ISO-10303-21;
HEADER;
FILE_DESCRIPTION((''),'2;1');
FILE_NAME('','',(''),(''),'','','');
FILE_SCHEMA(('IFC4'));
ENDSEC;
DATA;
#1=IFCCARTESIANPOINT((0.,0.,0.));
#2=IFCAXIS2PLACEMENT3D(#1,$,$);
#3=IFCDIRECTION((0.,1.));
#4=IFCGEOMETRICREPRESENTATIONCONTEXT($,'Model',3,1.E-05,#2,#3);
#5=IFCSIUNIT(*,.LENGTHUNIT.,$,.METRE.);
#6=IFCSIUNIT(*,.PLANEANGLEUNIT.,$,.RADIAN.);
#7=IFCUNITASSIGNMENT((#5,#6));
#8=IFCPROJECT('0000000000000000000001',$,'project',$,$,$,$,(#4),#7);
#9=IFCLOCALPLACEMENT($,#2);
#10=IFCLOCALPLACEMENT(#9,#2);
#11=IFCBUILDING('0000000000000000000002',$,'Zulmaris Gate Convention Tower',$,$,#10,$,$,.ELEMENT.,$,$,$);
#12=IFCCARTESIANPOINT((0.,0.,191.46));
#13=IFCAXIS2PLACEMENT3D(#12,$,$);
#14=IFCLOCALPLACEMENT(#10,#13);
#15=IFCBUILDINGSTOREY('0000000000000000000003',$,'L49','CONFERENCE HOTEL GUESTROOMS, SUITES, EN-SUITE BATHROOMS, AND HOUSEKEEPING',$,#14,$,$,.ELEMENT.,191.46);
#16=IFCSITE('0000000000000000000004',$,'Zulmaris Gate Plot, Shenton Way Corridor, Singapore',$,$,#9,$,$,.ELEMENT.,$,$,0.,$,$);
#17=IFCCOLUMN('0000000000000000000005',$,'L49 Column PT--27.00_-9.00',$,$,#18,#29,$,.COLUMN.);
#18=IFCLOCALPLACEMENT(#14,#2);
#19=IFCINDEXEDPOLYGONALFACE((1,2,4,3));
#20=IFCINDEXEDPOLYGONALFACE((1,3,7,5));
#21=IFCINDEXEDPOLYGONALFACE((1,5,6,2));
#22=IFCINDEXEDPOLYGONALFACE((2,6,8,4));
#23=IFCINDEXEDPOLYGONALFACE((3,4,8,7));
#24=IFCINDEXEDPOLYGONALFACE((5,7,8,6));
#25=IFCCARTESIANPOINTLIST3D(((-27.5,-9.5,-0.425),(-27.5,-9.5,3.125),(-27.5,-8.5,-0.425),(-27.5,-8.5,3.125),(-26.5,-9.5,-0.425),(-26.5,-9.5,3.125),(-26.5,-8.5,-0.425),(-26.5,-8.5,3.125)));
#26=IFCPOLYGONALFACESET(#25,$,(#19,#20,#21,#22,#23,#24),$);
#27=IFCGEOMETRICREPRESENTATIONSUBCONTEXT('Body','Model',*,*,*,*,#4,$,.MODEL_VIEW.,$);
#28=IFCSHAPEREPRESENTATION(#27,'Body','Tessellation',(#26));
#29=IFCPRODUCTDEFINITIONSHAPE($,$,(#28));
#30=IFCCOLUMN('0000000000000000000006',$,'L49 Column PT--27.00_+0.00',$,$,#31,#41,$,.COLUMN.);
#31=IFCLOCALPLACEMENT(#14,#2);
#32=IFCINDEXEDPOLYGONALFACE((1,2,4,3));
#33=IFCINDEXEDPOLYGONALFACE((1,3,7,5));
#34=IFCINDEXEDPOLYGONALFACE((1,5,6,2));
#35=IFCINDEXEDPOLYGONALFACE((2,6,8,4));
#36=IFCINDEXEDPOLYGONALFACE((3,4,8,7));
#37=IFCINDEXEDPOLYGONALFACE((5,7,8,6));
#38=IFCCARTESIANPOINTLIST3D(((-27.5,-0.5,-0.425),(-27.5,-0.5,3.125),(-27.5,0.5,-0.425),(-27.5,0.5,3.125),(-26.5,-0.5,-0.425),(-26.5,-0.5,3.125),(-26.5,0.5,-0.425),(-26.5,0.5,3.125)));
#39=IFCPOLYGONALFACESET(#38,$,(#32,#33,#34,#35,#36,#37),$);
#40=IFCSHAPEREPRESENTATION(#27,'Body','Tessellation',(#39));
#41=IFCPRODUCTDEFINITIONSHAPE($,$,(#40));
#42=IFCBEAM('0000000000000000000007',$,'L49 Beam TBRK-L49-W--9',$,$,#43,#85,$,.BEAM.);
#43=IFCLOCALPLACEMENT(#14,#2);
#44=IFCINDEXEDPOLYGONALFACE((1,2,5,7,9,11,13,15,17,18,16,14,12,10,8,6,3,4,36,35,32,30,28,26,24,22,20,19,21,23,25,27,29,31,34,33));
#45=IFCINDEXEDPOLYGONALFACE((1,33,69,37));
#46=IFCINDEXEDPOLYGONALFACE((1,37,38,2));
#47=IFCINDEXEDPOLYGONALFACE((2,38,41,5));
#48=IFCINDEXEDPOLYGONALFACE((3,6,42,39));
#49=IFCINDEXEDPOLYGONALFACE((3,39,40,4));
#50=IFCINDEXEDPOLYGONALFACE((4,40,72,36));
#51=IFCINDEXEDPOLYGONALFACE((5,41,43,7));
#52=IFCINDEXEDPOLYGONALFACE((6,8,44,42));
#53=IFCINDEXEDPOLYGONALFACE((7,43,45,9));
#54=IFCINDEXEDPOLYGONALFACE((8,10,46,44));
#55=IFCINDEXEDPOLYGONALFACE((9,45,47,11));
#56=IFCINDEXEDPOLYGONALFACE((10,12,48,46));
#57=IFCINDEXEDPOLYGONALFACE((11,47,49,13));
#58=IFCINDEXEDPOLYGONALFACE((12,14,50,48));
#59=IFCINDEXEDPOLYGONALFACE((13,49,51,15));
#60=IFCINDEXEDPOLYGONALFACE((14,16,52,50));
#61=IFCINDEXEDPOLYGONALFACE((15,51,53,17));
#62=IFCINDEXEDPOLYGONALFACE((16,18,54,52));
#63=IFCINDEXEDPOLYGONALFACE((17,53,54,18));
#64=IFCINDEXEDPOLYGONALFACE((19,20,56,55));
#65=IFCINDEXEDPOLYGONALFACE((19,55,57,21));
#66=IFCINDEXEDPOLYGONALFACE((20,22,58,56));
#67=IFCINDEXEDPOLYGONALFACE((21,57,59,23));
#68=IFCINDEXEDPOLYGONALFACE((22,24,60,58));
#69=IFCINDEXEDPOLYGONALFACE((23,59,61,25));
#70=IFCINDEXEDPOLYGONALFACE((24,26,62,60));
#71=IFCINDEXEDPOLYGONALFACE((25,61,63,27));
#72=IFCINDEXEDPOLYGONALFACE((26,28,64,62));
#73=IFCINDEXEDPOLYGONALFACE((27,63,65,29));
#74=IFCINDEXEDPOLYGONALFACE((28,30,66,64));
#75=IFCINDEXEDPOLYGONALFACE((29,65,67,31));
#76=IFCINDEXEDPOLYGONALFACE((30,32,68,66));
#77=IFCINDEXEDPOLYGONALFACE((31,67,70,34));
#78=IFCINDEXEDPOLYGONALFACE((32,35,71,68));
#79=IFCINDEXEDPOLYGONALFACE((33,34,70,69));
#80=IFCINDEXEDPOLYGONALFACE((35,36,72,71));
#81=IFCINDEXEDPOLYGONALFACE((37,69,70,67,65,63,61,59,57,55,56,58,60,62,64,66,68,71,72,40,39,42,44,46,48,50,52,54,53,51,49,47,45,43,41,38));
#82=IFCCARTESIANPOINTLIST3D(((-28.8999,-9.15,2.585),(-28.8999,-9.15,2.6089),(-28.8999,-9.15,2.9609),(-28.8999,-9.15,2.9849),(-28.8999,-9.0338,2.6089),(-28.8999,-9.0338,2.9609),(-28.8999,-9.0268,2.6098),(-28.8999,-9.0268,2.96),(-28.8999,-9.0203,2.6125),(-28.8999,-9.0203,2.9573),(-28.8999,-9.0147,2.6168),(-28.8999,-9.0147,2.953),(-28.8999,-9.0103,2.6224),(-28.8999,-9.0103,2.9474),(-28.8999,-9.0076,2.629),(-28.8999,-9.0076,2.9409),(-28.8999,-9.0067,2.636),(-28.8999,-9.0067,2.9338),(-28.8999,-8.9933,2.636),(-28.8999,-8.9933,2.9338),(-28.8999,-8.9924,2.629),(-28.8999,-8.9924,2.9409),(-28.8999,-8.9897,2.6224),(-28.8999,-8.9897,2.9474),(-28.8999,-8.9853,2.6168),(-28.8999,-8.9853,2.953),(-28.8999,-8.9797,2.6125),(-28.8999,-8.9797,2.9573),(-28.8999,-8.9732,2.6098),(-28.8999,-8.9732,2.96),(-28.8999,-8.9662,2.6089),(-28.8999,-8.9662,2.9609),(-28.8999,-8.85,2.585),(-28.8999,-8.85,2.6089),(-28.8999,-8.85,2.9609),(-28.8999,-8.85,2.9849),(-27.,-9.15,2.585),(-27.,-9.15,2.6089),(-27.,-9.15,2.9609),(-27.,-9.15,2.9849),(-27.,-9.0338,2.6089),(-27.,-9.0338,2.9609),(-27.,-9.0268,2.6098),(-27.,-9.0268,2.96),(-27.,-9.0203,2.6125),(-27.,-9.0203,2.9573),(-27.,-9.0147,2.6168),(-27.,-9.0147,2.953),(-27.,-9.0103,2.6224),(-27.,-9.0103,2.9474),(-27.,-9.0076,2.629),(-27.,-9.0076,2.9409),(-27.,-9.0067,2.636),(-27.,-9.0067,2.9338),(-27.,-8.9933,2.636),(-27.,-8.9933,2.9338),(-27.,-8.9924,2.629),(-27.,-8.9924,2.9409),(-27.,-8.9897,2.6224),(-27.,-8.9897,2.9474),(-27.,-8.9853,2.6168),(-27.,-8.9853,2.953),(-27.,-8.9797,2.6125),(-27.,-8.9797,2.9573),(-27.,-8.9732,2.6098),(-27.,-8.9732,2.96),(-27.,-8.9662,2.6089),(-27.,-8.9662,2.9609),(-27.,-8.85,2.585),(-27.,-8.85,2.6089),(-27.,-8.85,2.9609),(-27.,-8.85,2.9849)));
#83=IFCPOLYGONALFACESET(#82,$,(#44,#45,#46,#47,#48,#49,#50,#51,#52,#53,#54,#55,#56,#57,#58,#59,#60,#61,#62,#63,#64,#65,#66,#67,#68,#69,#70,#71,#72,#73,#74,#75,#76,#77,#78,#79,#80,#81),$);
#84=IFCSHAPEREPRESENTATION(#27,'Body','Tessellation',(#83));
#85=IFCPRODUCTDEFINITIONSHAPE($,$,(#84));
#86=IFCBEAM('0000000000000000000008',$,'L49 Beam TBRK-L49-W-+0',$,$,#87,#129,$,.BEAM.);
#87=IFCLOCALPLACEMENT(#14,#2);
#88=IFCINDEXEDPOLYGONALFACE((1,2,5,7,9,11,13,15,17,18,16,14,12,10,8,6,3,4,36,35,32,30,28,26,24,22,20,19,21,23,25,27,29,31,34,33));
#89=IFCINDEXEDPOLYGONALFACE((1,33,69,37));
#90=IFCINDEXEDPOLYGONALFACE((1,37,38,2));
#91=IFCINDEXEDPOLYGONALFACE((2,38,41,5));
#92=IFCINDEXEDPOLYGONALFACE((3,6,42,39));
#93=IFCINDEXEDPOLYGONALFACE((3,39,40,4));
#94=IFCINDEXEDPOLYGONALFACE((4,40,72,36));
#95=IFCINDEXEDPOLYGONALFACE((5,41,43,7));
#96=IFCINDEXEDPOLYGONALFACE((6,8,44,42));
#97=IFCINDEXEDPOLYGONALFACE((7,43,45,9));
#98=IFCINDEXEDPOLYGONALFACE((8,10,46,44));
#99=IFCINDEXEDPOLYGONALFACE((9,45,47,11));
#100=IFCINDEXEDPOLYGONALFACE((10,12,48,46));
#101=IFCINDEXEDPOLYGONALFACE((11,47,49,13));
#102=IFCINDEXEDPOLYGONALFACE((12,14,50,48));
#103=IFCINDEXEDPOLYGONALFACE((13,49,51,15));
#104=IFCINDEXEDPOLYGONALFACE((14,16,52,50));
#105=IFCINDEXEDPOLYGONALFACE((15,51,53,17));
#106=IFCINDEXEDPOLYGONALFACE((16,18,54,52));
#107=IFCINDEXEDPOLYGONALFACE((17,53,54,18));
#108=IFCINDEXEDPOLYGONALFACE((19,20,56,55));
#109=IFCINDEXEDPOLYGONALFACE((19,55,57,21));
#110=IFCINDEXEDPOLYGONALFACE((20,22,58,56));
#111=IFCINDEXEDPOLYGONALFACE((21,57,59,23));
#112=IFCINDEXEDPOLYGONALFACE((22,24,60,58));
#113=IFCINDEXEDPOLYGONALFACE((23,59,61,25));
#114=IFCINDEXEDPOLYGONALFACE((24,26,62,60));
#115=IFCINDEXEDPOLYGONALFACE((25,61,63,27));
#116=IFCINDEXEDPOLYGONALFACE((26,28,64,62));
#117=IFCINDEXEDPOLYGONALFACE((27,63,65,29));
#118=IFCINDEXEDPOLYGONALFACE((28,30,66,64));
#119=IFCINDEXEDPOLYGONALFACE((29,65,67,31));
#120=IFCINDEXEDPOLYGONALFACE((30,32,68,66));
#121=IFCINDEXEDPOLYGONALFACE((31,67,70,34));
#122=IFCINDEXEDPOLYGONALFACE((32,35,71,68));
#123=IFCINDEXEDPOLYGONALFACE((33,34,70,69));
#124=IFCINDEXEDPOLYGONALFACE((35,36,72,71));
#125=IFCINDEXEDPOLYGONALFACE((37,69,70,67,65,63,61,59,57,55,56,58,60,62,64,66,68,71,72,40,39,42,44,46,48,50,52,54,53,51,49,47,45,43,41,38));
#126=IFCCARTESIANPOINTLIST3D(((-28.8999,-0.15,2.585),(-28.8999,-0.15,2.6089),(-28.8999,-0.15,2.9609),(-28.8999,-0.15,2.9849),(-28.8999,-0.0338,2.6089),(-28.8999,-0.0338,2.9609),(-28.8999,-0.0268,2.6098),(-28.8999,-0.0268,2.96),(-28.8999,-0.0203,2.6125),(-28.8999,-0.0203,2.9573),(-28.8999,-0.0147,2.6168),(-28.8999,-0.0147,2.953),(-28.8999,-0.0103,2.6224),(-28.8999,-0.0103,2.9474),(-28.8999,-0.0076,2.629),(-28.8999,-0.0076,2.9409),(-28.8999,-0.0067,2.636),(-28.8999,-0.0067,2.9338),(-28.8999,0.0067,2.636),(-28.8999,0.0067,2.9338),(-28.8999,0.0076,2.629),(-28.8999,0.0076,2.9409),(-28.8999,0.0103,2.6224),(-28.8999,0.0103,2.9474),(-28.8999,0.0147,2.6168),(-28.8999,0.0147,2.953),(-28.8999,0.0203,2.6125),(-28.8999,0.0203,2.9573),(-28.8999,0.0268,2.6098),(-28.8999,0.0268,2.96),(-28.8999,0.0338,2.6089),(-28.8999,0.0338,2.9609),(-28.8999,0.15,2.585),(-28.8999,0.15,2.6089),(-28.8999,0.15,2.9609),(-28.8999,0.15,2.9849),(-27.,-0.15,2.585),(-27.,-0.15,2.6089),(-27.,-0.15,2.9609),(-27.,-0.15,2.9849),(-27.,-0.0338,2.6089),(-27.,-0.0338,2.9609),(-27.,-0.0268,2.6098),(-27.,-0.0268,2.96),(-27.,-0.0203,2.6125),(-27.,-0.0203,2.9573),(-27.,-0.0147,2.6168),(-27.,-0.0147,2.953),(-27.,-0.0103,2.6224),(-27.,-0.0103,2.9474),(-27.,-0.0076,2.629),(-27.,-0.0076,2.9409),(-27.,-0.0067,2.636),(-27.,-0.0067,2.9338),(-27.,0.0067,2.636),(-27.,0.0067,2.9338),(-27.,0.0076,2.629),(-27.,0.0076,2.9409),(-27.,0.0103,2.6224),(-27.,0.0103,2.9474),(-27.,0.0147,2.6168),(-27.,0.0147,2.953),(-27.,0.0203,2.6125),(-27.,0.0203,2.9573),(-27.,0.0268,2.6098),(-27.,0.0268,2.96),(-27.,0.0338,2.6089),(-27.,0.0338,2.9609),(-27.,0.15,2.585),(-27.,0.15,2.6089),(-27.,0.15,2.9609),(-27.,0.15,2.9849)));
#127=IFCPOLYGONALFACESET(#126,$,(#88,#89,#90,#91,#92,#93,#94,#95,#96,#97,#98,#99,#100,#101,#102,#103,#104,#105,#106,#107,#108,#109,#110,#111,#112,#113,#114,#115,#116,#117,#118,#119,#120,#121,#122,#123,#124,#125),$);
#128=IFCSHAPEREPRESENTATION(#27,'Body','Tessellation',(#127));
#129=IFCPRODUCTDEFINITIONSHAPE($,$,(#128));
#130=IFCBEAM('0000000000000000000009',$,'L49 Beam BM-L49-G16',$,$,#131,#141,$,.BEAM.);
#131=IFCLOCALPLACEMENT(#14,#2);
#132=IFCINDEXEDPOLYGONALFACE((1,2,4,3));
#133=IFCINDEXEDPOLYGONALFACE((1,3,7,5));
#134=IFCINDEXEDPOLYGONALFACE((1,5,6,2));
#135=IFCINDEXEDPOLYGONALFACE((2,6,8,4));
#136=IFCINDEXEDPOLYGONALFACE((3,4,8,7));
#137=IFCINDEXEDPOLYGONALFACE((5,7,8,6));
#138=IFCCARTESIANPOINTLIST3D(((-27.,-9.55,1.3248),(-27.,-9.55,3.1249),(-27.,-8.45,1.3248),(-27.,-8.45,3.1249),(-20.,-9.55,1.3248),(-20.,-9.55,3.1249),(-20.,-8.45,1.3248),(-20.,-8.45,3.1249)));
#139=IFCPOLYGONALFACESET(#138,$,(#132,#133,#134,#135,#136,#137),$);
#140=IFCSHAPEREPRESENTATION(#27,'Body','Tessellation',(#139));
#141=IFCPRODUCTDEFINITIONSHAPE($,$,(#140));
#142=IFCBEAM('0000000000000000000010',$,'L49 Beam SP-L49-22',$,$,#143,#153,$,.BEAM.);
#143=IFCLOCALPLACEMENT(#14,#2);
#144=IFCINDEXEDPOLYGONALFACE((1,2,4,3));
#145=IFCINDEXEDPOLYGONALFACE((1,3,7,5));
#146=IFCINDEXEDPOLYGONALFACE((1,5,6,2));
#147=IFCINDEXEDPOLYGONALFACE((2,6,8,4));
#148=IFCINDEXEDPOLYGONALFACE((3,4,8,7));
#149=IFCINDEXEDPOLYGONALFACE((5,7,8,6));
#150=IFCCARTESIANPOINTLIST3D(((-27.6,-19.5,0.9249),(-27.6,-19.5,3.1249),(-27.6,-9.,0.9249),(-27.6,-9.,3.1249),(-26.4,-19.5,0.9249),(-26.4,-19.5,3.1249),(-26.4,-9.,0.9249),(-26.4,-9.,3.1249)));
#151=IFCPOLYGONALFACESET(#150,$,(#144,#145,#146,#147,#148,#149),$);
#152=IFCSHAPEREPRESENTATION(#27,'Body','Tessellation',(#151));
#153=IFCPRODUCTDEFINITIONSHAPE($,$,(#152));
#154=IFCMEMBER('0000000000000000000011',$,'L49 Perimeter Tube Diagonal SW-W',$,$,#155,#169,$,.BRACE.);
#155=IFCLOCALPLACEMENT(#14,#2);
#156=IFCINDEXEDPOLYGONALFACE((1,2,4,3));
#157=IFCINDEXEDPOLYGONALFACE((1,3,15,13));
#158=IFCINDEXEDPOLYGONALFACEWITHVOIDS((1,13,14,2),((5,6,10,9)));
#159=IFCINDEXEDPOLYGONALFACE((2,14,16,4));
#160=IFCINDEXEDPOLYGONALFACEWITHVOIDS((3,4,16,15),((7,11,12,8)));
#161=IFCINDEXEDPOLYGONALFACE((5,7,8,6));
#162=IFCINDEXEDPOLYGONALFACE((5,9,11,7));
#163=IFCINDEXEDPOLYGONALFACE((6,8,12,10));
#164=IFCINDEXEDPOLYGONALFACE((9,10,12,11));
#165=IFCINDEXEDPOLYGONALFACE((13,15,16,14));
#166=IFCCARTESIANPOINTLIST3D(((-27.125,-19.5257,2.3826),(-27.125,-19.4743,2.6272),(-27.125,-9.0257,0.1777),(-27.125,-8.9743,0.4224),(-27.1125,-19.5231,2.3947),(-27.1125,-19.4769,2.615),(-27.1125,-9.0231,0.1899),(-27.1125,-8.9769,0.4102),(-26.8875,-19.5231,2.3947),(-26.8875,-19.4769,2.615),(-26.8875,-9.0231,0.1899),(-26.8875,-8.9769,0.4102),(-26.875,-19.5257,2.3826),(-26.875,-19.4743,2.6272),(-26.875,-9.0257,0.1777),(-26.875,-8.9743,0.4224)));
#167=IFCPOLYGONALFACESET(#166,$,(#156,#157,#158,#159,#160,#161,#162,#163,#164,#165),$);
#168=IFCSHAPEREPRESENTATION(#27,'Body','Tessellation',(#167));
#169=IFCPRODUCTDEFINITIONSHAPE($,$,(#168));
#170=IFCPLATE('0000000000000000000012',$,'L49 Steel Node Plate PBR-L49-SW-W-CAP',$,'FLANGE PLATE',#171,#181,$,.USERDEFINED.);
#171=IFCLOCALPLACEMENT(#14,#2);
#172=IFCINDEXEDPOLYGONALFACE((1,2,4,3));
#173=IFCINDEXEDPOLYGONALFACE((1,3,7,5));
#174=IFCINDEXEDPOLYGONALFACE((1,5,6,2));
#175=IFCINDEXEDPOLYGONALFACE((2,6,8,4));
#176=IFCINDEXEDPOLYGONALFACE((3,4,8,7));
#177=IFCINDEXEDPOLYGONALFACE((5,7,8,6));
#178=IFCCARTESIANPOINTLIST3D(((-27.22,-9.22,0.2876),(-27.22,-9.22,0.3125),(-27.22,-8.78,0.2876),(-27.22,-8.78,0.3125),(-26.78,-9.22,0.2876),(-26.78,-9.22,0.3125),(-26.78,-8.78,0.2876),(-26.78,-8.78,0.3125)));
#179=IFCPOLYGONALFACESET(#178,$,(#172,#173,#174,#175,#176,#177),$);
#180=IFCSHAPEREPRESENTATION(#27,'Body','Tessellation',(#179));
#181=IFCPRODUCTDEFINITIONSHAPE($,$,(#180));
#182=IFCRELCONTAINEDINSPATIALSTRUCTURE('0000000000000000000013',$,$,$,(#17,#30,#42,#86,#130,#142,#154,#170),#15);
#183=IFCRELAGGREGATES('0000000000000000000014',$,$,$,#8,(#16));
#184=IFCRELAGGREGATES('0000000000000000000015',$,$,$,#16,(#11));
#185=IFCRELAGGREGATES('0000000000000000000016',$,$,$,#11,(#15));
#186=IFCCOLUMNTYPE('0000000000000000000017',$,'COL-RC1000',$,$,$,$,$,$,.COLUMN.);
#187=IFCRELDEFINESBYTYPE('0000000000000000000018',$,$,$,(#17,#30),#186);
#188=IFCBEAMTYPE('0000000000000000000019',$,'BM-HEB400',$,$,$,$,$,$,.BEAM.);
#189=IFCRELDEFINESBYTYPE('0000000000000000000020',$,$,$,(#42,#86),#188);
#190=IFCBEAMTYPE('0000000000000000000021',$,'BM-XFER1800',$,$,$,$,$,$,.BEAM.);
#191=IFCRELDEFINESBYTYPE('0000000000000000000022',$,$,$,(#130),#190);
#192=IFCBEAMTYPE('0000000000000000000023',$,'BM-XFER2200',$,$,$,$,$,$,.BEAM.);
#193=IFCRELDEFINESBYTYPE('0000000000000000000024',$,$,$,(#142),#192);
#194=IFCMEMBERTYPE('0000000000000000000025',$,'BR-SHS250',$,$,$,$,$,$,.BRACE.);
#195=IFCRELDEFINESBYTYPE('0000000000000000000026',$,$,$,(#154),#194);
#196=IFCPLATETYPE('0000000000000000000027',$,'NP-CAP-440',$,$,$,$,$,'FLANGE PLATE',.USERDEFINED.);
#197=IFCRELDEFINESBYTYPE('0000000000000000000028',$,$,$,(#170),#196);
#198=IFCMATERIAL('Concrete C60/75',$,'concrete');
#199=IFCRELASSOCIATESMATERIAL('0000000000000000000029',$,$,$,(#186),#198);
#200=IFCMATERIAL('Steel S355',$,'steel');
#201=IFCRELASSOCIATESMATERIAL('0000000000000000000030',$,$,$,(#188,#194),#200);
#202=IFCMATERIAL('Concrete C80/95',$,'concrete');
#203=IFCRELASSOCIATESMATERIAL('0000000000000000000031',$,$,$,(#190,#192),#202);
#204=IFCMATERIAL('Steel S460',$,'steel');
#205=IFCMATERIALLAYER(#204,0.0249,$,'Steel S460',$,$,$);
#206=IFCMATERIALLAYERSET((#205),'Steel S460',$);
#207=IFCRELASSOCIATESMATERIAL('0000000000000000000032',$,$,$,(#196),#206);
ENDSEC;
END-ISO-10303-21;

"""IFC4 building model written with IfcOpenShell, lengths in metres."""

from ifc_helpers import new_model, si_unit, direction, frame, origin, origin_2d, place, context, subcontext, project, spatial, rectangle, hollow_rectangle, i_section, extrude, material, layer, layer_set, material_profile, profile_set, type_object, element, save


model = new_model("IFC4")

# Units and contexts
model_context = context("Model", 3, precision=1e-05, world=origin(), true_north=direction((0.0, 1.0)))
body_context = subcontext(model_context, "Body", "Model", "MODEL_VIEW")
ifc_project = project(units=[si_unit("LENGTHUNIT", "METRE"), si_unit("PLANEANGLEUNIT", "RADIAN")], contexts=[model_context])

# Site, building, storey
site_placement = place(None, origin())
site = spatial("IfcSite", under=ifc_project, at=site_placement, Name="Zulmaris Gate Plot, Shenton Way Corridor, Singapore", CompositionType="ELEMENT", RefElevation=0.0)
building_placement = place(site_placement, origin())
building = spatial("IfcBuilding", under=site, at=building_placement, Name="Zulmaris Gate Convention Tower", CompositionType="ELEMENT")
storey_placement = place(building_placement, frame((0.0, 0.0, 191.46)))
storey = spatial("IfcBuildingStorey", under=building, at=storey_placement, Name="L49", Description="CONFERENCE HOTEL GUESTROOMS, SUITES, EN-SUITE BATHROOMS, AND HOUSEKEEPING", CompositionType="ELEMENT", Elevation=191.46)

# Columns
ifc_material_1 = material(Name="Concrete C60/75", Category="concrete")
ifc_material_profile_1 = material_profile(ifc_material_1, rectangle(XDim=1.0, YDim=1.0, at=origin_2d()), Name="RC COL 1000x1000")
ifc_profile_set_1 = profile_set([ifc_material_profile_1], Name="Concrete C60/75")
column_type = type_object("IfcColumnType", Name="COL-RC1000", PredefinedType="COLUMN", material=ifc_profile_set_1)
for number, where, z_axis, x_axis, name in (
    (1, (-27.0, -9.0, -0.425), (0.0, 0.0, 1.0), (1.0, 0.0, 0.0), "L49 Column PT--27.00_-9.00"),
    (2, (-27.0, 0.0, -0.425), (0.0, 0.0, 1.0), (1.0, 0.0, 0.0), "L49 Column PT--27.00_+0.00"),
):
    element("IfcColumn", number, at=place(storey_placement, frame(where, z_axis=z_axis, x_axis=x_axis)), inside=storey, type_object=column_type, Name=name, PredefinedType="COLUMN", context=body_context, shape_type="SweptSolid", body=[
        extrude(rectangle(XDim=1.0, YDim=1.0, at=origin_2d()), origin(), (0.0, 0.0, 1.0), 3.55),
    ])

# Beams
ifc_material_2 = material(Name="Steel S355", Category="steel")
ifc_material_profile_2 = material_profile(ifc_material_2, i_section(OverallWidth=0.3, OverallDepth=0.3999, WebThickness=0.0134, FlangeThickness=0.0239, FilletRadius=0.0271, at=origin_2d()), Name="HEB 400")
ifc_profile_set_2 = profile_set([ifc_material_profile_2], Name="Steel S355")
beam_type_1 = type_object("IfcBeamType", Name="BM-HEB400", PredefinedType="BEAM", material=ifc_profile_set_2)
for number, where, z_axis, x_axis, name in (
    (3, (-28.8999, -9.0, 2.7849), (1.0, 0.0, 0.0), (0.0, 1.0, 0.0), "L49 Beam TBRK-L49-W--9"),
    (4, (-28.8999, 0.0, 2.7849), (1.0, 0.0, 0.0), (0.0, 1.0, 0.0), "L49 Beam TBRK-L49-W-+0"),
):
    element("IfcBeam", number, at=place(storey_placement, frame(where, z_axis=z_axis, x_axis=x_axis)), inside=storey, type_object=beam_type_1, Name=name, PredefinedType="BEAM", context=body_context, shape_type="SweptSolid", body=[
        extrude(i_section(OverallWidth=0.3, OverallDepth=0.3999, WebThickness=0.0134, FlangeThickness=0.0239, FilletRadius=0.0271, at=origin_2d()), origin(), (0.0, 0.0, 1.0), 1.8999),
    ])
ifc_material_3 = material(Name="Concrete C80/95", Category="concrete")
ifc_material_profile_3 = material_profile(ifc_material_3, rectangle(XDim=1.1001, YDim=1.8, at=origin_2d()), Name="RC TRANSFER 1100x1800")
ifc_profile_set_3 = profile_set([ifc_material_profile_3], Name="Concrete C80/95")
beam_type_2 = type_object("IfcBeamType", Name="BM-XFER1800", PredefinedType="BEAM", material=ifc_profile_set_3)
beam_1_placement = place(storey_placement, frame((-27.0, -9.0, 2.2249), z_axis=(1.0, 0.0, 0.0), x_axis=(0.0, 1.0, 0.0)))
element("IfcBeam", 5, at=beam_1_placement, inside=storey, type_object=beam_type_2, Name="L49 Beam BM-L49-G16", PredefinedType="BEAM", context=body_context, shape_type="SweptSolid", body=[
    extrude(rectangle(XDim=1.1001, YDim=1.8, at=origin_2d()), origin(), (0.0, 0.0, 1.0), 7.0),
])
ifc_material_profile_4 = material_profile(ifc_material_3, rectangle(XDim=1.2, YDim=2.2, at=origin_2d()), Name="RC TRANSFER 1200x2200")
ifc_profile_set_4 = profile_set([ifc_material_profile_4], Name="Concrete C80/95")
beam_type_3 = type_object("IfcBeamType", Name="BM-XFER2200", PredefinedType="BEAM", material=ifc_profile_set_4)
beam_2_placement = place(storey_placement, frame((-27.0, -9.0, 2.0249), z_axis=(0.0, -1.0, 0.0), x_axis=(1.0, 0.0, 0.0)))
element("IfcBeam", 6, at=beam_2_placement, inside=storey, type_object=beam_type_3, Name="L49 Beam SP-L49-22", PredefinedType="BEAM", context=body_context, shape_type="SweptSolid", body=[
    extrude(rectangle(XDim=1.2, YDim=2.2, at=origin_2d()), origin(), (0.0, 0.0, 1.0), 10.5),
])

# Member
ifc_material_profile_5 = material_profile(ifc_material_2, hollow_rectangle(XDim=0.25, YDim=0.25, WallThickness=0.0125, at=origin_2d()), Name="SHS 250x250x12.5")
ifc_profile_set_5 = profile_set([ifc_material_profile_5], Name="Steel S355")
member_type = type_object("IfcMemberType", Name="BR-SHS250", PredefinedType="BRACE", material=ifc_profile_set_5)
member_placement = place(storey_placement, frame((-27.0, -9.0, 0.3), z_axis=(0.0, -0.978657, 0.205502), x_axis=(1.0, 0.0, 0.0)))
element("IfcMember", 7, at=member_placement, inside=storey, type_object=member_type, Name="L49 Perimeter Tube Diagonal SW-W", PredefinedType="BRACE", context=body_context, shape_type="SweptSolid", body=[
    extrude(hollow_rectangle(XDim=0.25, YDim=0.25, WallThickness=0.0125, at=origin_2d()), origin(), (0.0, 0.0, 1.0), 10.729),
])

# Plate
ifc_material_4 = material(Name="Steel S460", Category="steel")
ifc_layer_1 = layer(ifc_material_4, 0.0249, Name="Steel S460")
ifc_layer_set_1 = layer_set([ifc_layer_1], Name="Steel S460")
plate_type = type_object("IfcPlateType", Name="NP-CAP-440", ElementType="FLANGE PLATE", PredefinedType="USERDEFINED", material=ifc_layer_set_1)
plate_placement = place(storey_placement, frame((-27.0, -9.0, 0.2876), z_axis=(0.0, 0.0, 1.0), x_axis=(1.0, 0.0, 0.0)))
element("IfcPlate", 8, at=plate_placement, inside=storey, type_object=plate_type, Name="L49 Steel Node Plate PBR-L49-SW-W-CAP", ObjectType="FLANGE PLATE", PredefinedType="USERDEFINED", context=body_context, shape_type="SweptSolid", body=[
    extrude(rectangle(XDim=0.4399, YDim=0.4399, at=origin_2d()), origin(), (0.0, 0.0, 1.0), 0.0249),
])

save(model, "model.ifc")
